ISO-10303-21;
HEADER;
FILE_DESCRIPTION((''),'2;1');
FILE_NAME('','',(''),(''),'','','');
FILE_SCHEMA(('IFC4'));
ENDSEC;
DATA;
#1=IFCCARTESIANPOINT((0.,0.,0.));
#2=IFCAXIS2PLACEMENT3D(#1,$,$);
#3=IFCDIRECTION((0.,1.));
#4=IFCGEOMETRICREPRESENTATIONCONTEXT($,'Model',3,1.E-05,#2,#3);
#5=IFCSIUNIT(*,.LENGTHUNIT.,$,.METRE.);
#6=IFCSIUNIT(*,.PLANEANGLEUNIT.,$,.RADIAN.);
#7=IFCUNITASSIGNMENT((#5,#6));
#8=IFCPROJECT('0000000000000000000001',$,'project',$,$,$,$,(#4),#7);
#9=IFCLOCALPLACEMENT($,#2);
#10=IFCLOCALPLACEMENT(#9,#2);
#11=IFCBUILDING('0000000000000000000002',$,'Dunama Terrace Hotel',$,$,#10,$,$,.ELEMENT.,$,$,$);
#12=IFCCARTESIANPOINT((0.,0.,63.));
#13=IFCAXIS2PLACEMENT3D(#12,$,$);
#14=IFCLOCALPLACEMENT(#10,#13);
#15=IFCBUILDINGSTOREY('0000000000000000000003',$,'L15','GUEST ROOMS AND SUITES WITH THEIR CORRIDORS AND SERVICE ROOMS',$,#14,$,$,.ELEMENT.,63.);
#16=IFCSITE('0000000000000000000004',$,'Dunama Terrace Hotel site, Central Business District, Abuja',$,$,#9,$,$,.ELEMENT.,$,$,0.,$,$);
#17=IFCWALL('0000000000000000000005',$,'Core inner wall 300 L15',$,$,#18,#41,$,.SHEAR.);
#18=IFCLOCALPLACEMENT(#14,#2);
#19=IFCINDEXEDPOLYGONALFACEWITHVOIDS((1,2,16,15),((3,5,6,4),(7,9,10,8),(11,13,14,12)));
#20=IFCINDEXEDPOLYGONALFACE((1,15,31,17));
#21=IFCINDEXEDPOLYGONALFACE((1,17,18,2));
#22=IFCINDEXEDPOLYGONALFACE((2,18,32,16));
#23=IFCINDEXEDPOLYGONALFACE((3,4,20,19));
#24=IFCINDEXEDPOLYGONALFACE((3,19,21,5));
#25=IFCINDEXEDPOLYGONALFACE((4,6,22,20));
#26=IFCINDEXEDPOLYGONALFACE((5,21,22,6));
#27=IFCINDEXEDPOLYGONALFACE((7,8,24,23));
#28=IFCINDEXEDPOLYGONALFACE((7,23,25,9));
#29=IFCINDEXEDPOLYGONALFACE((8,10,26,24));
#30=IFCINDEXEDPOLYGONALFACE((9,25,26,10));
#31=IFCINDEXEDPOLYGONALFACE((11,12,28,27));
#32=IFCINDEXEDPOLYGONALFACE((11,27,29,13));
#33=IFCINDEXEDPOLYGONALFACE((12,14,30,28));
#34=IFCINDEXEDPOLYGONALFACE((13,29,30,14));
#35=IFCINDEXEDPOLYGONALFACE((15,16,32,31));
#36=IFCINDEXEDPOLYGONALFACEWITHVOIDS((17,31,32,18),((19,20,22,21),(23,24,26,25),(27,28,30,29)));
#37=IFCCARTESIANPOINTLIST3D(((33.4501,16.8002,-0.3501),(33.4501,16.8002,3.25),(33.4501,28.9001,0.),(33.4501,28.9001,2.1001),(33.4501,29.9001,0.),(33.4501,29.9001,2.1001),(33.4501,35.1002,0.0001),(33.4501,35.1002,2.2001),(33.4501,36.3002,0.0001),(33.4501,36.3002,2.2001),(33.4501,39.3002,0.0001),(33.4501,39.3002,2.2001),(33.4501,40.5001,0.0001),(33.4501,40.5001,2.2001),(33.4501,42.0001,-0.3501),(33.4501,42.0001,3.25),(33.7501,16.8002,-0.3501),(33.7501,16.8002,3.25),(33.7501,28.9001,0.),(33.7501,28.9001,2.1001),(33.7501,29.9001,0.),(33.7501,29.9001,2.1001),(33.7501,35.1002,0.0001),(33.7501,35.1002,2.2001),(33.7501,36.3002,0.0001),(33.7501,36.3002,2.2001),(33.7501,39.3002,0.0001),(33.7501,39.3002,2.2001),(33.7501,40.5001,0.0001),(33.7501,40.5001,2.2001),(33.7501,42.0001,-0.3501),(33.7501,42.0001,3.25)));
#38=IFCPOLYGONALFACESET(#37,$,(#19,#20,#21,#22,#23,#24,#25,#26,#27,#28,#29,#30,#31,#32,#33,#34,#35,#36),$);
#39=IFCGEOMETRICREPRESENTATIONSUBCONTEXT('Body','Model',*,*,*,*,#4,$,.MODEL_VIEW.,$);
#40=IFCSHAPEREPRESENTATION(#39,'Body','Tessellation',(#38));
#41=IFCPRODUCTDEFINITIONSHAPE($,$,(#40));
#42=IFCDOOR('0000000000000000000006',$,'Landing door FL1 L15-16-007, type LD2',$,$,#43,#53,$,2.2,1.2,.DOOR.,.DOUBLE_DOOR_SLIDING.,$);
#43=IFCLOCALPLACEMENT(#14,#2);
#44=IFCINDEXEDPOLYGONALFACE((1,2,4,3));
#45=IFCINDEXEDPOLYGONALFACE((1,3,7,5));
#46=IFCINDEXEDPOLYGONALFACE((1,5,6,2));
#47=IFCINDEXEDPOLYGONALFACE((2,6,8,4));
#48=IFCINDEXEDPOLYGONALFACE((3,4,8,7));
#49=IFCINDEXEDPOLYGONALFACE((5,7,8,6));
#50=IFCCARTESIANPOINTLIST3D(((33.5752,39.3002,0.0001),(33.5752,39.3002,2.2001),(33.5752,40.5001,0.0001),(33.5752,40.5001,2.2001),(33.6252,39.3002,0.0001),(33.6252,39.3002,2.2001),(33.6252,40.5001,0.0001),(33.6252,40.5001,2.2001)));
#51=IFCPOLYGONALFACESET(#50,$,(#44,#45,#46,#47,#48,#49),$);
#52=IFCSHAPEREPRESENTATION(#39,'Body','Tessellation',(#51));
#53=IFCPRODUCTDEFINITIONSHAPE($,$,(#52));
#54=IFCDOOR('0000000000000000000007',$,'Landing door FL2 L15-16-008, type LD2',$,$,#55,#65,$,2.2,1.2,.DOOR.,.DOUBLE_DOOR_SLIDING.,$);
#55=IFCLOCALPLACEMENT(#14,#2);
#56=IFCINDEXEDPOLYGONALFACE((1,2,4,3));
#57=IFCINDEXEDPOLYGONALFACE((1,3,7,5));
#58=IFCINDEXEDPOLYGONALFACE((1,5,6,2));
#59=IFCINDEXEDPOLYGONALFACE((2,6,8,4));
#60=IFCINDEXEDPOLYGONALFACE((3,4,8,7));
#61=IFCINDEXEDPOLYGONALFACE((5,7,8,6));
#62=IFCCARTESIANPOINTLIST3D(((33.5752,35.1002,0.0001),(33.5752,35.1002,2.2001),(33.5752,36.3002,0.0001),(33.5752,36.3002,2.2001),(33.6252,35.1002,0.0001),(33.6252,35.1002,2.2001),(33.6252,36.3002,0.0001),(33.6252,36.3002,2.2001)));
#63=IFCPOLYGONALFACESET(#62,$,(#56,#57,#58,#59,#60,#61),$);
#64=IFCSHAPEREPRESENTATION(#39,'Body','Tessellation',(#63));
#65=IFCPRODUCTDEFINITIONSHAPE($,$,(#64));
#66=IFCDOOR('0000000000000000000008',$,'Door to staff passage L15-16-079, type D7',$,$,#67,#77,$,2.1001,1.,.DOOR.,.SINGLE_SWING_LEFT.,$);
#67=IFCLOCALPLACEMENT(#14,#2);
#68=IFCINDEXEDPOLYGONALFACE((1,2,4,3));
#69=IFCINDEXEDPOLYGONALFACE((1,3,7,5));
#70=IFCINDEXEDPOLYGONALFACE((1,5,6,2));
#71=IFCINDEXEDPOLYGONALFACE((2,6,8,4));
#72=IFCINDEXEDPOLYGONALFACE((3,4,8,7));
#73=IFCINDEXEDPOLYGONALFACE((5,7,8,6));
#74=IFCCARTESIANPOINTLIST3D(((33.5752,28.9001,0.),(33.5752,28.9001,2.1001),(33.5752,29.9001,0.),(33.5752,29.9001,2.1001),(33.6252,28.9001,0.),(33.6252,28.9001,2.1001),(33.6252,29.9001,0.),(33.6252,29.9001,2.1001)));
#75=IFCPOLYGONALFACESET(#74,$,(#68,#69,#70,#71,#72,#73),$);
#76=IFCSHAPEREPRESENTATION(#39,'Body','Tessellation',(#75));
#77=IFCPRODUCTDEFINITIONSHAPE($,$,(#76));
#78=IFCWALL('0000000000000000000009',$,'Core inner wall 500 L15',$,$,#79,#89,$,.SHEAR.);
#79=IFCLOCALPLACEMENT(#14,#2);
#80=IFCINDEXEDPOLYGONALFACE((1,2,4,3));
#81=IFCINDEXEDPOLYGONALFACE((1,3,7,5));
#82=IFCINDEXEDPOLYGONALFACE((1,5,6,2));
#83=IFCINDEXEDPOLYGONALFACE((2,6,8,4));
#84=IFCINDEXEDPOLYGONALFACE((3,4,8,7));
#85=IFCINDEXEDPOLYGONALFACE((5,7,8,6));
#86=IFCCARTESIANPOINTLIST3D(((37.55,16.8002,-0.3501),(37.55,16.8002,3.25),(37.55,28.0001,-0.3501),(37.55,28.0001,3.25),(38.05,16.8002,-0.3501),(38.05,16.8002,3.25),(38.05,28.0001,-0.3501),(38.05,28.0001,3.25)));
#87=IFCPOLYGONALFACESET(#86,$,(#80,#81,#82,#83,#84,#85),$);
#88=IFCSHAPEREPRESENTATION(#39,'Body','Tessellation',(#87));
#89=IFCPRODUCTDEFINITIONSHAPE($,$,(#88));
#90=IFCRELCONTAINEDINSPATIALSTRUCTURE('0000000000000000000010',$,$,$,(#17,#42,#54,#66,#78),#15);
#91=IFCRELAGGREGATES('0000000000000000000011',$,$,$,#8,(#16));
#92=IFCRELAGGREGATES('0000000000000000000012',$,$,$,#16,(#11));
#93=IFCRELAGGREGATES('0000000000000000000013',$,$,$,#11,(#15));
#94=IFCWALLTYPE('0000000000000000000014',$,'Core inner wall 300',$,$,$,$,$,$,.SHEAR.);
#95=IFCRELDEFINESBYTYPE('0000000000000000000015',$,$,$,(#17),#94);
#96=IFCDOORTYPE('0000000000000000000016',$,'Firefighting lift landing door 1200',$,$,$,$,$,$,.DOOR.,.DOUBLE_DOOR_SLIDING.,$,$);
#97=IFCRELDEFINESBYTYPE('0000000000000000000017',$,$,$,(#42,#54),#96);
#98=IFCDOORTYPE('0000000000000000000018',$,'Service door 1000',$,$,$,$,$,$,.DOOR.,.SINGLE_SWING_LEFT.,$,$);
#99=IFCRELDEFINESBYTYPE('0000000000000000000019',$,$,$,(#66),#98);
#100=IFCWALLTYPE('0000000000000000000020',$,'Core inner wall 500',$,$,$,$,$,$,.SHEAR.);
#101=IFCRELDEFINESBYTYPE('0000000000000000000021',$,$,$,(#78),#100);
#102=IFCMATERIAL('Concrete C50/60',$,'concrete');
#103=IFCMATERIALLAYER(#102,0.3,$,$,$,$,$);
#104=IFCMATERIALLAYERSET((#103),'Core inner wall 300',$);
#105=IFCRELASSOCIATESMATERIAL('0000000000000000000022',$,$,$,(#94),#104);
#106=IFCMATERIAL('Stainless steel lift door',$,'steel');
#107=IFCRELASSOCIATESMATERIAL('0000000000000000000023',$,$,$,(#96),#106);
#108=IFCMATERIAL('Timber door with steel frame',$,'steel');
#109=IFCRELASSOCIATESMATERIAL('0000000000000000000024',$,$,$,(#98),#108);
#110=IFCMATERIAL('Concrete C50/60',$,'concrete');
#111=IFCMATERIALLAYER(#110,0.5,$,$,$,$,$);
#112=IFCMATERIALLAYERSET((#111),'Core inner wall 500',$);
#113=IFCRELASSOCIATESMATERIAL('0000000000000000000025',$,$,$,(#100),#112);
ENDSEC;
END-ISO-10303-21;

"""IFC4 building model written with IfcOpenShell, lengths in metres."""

from ifc_helpers import new_model, si_unit, direction, frame, frame_2d, origin, place, context, subcontext, project, spatial, rectangle, extrude, material, layer, layer_set, type_object, element, fill, save


model = new_model("IFC4")

# Units and contexts
model_context = context("Model", 3, precision=1e-05, world=origin(), true_north=direction((0.0, 1.0)))
body_context = subcontext(model_context, "Body", "Model", "MODEL_VIEW")
ifc_project = project(units=[si_unit("LENGTHUNIT", "METRE"), si_unit("PLANEANGLEUNIT", "RADIAN")], contexts=[model_context])

# Site, building, storey
site_placement = place(None, origin())
site = spatial("IfcSite", under=ifc_project, at=site_placement, Name="Dunama Terrace Hotel site, Central Business District, Abuja", CompositionType="ELEMENT", RefElevation=0.0)
building_placement = place(site_placement, origin())
building = spatial("IfcBuilding", under=site, at=building_placement, Name="Dunama Terrace Hotel", CompositionType="ELEMENT")
storey_placement = place(building_placement, frame((0.0, 0.0, 63.0)))
storey = spatial("IfcBuildingStorey", under=building, at=storey_placement, Name="L15", Description="GUEST ROOMS AND SUITES WITH THEIR CORRIDORS AND SERVICE ROOMS", CompositionType="ELEMENT", Elevation=63.0)

# Wall, openings, doors
ifc_material_1 = material(Name="Concrete C50/60", Category="concrete")
ifc_layer_1 = layer(ifc_material_1, 0.3)
ifc_layer_set_1 = layer_set([ifc_layer_1], Name="Core inner wall 300")
wall_type_1 = type_object("IfcWallType", Name="Core inner wall 300", PredefinedType="SHEAR", material=ifc_layer_set_1)
wall_1_placement = place(storey_placement, frame((33.6001, 16.8, -0.3501), z_axis=(0.0, 0.0, 1.0), x_axis=(0.0, 1.0, 0.0)))
wall_1 = element("IfcWall", 1, at=wall_1_placement, inside=storey, type_object=wall_type_1, Name="Core inner wall 300 L15", PredefinedType="SHEAR", context=body_context, shape_type="SweptSolid", body=[
    extrude(rectangle(XDim=25.2, YDim=0.3, at=frame_2d((12.6001, 0.0))), origin(), (0.0, 0.0, 1.0), 3.6001),
])
opening_1_placement = place(wall_1_placement, frame((22.5, 0.0, 0.3501)))
opening_1 = element("IfcOpeningElement", 2, at=opening_1_placement, cuts=wall_1, PredefinedType="OPENING", context=body_context, shape_type="SweptSolid", body=[
    extrude(rectangle(XDim=1.2, YDim=2.2, at=frame_2d((0.6001, 1.1001))), frame((0.0, 0.1599, 0.0), z_axis=(0.0, -1.0, 0.0), x_axis=(1.0, 0.0, 0.0)), (0.0, 0.0, 1.0), 0.3201),
])
opening_2_placement = place(wall_1_placement, frame((18.3, 0.0, 0.3501)))
opening_2 = element("IfcOpeningElement", 3, at=opening_2_placement, cuts=wall_1, PredefinedType="OPENING", context=body_context, shape_type="SweptSolid", body=[
    extrude(rectangle(XDim=1.2, YDim=2.2, at=frame_2d((0.6001, 1.1001))), frame((0.0, 0.1599, 0.0), z_axis=(0.0, -1.0, 0.0), x_axis=(1.0, 0.0, 0.0)), (0.0, 0.0, 1.0), 0.3201),
])
opening_3_placement = place(wall_1_placement, frame((12.1001, 0.0, 0.3501)))
opening_3 = element("IfcOpeningElement", 4, at=opening_3_placement, cuts=wall_1, PredefinedType="OPENING", context=body_context, shape_type="SweptSolid", body=[
    extrude(rectangle(XDim=1.0, YDim=2.1001, at=frame_2d((0.5, 1.05))), frame((0.0, 0.1599, 0.0), z_axis=(0.0, -1.0, 0.0), x_axis=(1.0, 0.0, 0.0)), (0.0, 0.0, 1.0), 0.3201),
])
ifc_material_2 = material(Name="Stainless steel lift door", Category="steel")
door_type_1 = type_object("IfcDoorType", Name="Firefighting lift landing door 1200", OperationType="DOUBLE_DOOR_SLIDING", PredefinedType="DOOR", material=ifc_material_2)
door_1_placement = place(opening_1_placement, origin())
door_1 = element("IfcDoor", 5, at=door_1_placement, inside=storey, type_object=door_type_1, Name="Landing door FL1 L15-16-007, type LD2", OperationType="DOUBLE_DOOR_SLIDING", OverallHeight=2.2, OverallWidth=1.2, PredefinedType="DOOR", context=body_context, shape_type="SweptSolid", body=[
    extrude(rectangle(XDim=1.2, YDim=2.2, at=frame_2d((0.6001, 1.1001))), frame((0.0, 0.0249, 0.0), z_axis=(0.0, -1.0, 0.0), x_axis=(1.0, 0.0, 0.0)), (0.0, 0.0, 1.0), 0.05),
])
fill(opening_1, door_1)
door_2_placement = place(opening_2_placement, origin())
door_2 = element("IfcDoor", 6, at=door_2_placement, inside=storey, type_object=door_type_1, Name="Landing door FL2 L15-16-008, type LD2", OperationType="DOUBLE_DOOR_SLIDING", OverallHeight=2.2, OverallWidth=1.2, PredefinedType="DOOR", context=body_context, shape_type="SweptSolid", body=[
    extrude(rectangle(XDim=1.2, YDim=2.2, at=frame_2d((0.6001, 1.1001))), frame((0.0, 0.0249, 0.0), z_axis=(0.0, -1.0, 0.0), x_axis=(1.0, 0.0, 0.0)), (0.0, 0.0, 1.0), 0.05),
])
fill(opening_2, door_2)
ifc_material_3 = material(Name="Timber door with steel frame", Category="steel")
door_type_2 = type_object("IfcDoorType", Name="Service door 1000", OperationType="SINGLE_SWING_LEFT", PredefinedType="DOOR", material=ifc_material_3)
door_3_placement = place(opening_3_placement, origin())
door_3 = element("IfcDoor", 7, at=door_3_placement, inside=storey, type_object=door_type_2, Name="Door to staff passage L15-16-079, type D7", OperationType="SINGLE_SWING_LEFT", OverallHeight=2.1001, OverallWidth=1.0, PredefinedType="DOOR", context=body_context, shape_type="SweptSolid", body=[
    extrude(rectangle(XDim=1.0, YDim=2.1001, at=frame_2d((0.5, 1.05))), frame((0.0, 0.0249, 0.0), z_axis=(0.0, -1.0, 0.0), x_axis=(1.0, 0.0, 0.0)), (0.0, 0.0, 1.0), 0.05),
])
fill(opening_3, door_3)

# Wall
ifc_material_4 = material(Name="Concrete C50/60", Category="concrete")
ifc_layer_2 = layer(ifc_material_4, 0.5)
ifc_layer_set_2 = layer_set([ifc_layer_2], Name="Core inner wall 500")
wall_type_2 = type_object("IfcWallType", Name="Core inner wall 500", PredefinedType="SHEAR", material=ifc_layer_set_2)
wall_2_placement = place(storey_placement, frame((37.8, 16.8, -0.3501), z_axis=(0.0, 0.0, 1.0), x_axis=(0.0, 1.0, 0.0)))
element("IfcWall", 8, at=wall_2_placement, inside=storey, type_object=wall_type_2, Name="Core inner wall 500 L15", PredefinedType="SHEAR", context=body_context, shape_type="SweptSolid", body=[
    extrude(rectangle(XDim=11.2, YDim=0.5, at=frame_2d((5.6001, 0.0))), origin(), (0.0, 0.0, 1.0), 3.6001),
])

save(model, "model.ifc")
